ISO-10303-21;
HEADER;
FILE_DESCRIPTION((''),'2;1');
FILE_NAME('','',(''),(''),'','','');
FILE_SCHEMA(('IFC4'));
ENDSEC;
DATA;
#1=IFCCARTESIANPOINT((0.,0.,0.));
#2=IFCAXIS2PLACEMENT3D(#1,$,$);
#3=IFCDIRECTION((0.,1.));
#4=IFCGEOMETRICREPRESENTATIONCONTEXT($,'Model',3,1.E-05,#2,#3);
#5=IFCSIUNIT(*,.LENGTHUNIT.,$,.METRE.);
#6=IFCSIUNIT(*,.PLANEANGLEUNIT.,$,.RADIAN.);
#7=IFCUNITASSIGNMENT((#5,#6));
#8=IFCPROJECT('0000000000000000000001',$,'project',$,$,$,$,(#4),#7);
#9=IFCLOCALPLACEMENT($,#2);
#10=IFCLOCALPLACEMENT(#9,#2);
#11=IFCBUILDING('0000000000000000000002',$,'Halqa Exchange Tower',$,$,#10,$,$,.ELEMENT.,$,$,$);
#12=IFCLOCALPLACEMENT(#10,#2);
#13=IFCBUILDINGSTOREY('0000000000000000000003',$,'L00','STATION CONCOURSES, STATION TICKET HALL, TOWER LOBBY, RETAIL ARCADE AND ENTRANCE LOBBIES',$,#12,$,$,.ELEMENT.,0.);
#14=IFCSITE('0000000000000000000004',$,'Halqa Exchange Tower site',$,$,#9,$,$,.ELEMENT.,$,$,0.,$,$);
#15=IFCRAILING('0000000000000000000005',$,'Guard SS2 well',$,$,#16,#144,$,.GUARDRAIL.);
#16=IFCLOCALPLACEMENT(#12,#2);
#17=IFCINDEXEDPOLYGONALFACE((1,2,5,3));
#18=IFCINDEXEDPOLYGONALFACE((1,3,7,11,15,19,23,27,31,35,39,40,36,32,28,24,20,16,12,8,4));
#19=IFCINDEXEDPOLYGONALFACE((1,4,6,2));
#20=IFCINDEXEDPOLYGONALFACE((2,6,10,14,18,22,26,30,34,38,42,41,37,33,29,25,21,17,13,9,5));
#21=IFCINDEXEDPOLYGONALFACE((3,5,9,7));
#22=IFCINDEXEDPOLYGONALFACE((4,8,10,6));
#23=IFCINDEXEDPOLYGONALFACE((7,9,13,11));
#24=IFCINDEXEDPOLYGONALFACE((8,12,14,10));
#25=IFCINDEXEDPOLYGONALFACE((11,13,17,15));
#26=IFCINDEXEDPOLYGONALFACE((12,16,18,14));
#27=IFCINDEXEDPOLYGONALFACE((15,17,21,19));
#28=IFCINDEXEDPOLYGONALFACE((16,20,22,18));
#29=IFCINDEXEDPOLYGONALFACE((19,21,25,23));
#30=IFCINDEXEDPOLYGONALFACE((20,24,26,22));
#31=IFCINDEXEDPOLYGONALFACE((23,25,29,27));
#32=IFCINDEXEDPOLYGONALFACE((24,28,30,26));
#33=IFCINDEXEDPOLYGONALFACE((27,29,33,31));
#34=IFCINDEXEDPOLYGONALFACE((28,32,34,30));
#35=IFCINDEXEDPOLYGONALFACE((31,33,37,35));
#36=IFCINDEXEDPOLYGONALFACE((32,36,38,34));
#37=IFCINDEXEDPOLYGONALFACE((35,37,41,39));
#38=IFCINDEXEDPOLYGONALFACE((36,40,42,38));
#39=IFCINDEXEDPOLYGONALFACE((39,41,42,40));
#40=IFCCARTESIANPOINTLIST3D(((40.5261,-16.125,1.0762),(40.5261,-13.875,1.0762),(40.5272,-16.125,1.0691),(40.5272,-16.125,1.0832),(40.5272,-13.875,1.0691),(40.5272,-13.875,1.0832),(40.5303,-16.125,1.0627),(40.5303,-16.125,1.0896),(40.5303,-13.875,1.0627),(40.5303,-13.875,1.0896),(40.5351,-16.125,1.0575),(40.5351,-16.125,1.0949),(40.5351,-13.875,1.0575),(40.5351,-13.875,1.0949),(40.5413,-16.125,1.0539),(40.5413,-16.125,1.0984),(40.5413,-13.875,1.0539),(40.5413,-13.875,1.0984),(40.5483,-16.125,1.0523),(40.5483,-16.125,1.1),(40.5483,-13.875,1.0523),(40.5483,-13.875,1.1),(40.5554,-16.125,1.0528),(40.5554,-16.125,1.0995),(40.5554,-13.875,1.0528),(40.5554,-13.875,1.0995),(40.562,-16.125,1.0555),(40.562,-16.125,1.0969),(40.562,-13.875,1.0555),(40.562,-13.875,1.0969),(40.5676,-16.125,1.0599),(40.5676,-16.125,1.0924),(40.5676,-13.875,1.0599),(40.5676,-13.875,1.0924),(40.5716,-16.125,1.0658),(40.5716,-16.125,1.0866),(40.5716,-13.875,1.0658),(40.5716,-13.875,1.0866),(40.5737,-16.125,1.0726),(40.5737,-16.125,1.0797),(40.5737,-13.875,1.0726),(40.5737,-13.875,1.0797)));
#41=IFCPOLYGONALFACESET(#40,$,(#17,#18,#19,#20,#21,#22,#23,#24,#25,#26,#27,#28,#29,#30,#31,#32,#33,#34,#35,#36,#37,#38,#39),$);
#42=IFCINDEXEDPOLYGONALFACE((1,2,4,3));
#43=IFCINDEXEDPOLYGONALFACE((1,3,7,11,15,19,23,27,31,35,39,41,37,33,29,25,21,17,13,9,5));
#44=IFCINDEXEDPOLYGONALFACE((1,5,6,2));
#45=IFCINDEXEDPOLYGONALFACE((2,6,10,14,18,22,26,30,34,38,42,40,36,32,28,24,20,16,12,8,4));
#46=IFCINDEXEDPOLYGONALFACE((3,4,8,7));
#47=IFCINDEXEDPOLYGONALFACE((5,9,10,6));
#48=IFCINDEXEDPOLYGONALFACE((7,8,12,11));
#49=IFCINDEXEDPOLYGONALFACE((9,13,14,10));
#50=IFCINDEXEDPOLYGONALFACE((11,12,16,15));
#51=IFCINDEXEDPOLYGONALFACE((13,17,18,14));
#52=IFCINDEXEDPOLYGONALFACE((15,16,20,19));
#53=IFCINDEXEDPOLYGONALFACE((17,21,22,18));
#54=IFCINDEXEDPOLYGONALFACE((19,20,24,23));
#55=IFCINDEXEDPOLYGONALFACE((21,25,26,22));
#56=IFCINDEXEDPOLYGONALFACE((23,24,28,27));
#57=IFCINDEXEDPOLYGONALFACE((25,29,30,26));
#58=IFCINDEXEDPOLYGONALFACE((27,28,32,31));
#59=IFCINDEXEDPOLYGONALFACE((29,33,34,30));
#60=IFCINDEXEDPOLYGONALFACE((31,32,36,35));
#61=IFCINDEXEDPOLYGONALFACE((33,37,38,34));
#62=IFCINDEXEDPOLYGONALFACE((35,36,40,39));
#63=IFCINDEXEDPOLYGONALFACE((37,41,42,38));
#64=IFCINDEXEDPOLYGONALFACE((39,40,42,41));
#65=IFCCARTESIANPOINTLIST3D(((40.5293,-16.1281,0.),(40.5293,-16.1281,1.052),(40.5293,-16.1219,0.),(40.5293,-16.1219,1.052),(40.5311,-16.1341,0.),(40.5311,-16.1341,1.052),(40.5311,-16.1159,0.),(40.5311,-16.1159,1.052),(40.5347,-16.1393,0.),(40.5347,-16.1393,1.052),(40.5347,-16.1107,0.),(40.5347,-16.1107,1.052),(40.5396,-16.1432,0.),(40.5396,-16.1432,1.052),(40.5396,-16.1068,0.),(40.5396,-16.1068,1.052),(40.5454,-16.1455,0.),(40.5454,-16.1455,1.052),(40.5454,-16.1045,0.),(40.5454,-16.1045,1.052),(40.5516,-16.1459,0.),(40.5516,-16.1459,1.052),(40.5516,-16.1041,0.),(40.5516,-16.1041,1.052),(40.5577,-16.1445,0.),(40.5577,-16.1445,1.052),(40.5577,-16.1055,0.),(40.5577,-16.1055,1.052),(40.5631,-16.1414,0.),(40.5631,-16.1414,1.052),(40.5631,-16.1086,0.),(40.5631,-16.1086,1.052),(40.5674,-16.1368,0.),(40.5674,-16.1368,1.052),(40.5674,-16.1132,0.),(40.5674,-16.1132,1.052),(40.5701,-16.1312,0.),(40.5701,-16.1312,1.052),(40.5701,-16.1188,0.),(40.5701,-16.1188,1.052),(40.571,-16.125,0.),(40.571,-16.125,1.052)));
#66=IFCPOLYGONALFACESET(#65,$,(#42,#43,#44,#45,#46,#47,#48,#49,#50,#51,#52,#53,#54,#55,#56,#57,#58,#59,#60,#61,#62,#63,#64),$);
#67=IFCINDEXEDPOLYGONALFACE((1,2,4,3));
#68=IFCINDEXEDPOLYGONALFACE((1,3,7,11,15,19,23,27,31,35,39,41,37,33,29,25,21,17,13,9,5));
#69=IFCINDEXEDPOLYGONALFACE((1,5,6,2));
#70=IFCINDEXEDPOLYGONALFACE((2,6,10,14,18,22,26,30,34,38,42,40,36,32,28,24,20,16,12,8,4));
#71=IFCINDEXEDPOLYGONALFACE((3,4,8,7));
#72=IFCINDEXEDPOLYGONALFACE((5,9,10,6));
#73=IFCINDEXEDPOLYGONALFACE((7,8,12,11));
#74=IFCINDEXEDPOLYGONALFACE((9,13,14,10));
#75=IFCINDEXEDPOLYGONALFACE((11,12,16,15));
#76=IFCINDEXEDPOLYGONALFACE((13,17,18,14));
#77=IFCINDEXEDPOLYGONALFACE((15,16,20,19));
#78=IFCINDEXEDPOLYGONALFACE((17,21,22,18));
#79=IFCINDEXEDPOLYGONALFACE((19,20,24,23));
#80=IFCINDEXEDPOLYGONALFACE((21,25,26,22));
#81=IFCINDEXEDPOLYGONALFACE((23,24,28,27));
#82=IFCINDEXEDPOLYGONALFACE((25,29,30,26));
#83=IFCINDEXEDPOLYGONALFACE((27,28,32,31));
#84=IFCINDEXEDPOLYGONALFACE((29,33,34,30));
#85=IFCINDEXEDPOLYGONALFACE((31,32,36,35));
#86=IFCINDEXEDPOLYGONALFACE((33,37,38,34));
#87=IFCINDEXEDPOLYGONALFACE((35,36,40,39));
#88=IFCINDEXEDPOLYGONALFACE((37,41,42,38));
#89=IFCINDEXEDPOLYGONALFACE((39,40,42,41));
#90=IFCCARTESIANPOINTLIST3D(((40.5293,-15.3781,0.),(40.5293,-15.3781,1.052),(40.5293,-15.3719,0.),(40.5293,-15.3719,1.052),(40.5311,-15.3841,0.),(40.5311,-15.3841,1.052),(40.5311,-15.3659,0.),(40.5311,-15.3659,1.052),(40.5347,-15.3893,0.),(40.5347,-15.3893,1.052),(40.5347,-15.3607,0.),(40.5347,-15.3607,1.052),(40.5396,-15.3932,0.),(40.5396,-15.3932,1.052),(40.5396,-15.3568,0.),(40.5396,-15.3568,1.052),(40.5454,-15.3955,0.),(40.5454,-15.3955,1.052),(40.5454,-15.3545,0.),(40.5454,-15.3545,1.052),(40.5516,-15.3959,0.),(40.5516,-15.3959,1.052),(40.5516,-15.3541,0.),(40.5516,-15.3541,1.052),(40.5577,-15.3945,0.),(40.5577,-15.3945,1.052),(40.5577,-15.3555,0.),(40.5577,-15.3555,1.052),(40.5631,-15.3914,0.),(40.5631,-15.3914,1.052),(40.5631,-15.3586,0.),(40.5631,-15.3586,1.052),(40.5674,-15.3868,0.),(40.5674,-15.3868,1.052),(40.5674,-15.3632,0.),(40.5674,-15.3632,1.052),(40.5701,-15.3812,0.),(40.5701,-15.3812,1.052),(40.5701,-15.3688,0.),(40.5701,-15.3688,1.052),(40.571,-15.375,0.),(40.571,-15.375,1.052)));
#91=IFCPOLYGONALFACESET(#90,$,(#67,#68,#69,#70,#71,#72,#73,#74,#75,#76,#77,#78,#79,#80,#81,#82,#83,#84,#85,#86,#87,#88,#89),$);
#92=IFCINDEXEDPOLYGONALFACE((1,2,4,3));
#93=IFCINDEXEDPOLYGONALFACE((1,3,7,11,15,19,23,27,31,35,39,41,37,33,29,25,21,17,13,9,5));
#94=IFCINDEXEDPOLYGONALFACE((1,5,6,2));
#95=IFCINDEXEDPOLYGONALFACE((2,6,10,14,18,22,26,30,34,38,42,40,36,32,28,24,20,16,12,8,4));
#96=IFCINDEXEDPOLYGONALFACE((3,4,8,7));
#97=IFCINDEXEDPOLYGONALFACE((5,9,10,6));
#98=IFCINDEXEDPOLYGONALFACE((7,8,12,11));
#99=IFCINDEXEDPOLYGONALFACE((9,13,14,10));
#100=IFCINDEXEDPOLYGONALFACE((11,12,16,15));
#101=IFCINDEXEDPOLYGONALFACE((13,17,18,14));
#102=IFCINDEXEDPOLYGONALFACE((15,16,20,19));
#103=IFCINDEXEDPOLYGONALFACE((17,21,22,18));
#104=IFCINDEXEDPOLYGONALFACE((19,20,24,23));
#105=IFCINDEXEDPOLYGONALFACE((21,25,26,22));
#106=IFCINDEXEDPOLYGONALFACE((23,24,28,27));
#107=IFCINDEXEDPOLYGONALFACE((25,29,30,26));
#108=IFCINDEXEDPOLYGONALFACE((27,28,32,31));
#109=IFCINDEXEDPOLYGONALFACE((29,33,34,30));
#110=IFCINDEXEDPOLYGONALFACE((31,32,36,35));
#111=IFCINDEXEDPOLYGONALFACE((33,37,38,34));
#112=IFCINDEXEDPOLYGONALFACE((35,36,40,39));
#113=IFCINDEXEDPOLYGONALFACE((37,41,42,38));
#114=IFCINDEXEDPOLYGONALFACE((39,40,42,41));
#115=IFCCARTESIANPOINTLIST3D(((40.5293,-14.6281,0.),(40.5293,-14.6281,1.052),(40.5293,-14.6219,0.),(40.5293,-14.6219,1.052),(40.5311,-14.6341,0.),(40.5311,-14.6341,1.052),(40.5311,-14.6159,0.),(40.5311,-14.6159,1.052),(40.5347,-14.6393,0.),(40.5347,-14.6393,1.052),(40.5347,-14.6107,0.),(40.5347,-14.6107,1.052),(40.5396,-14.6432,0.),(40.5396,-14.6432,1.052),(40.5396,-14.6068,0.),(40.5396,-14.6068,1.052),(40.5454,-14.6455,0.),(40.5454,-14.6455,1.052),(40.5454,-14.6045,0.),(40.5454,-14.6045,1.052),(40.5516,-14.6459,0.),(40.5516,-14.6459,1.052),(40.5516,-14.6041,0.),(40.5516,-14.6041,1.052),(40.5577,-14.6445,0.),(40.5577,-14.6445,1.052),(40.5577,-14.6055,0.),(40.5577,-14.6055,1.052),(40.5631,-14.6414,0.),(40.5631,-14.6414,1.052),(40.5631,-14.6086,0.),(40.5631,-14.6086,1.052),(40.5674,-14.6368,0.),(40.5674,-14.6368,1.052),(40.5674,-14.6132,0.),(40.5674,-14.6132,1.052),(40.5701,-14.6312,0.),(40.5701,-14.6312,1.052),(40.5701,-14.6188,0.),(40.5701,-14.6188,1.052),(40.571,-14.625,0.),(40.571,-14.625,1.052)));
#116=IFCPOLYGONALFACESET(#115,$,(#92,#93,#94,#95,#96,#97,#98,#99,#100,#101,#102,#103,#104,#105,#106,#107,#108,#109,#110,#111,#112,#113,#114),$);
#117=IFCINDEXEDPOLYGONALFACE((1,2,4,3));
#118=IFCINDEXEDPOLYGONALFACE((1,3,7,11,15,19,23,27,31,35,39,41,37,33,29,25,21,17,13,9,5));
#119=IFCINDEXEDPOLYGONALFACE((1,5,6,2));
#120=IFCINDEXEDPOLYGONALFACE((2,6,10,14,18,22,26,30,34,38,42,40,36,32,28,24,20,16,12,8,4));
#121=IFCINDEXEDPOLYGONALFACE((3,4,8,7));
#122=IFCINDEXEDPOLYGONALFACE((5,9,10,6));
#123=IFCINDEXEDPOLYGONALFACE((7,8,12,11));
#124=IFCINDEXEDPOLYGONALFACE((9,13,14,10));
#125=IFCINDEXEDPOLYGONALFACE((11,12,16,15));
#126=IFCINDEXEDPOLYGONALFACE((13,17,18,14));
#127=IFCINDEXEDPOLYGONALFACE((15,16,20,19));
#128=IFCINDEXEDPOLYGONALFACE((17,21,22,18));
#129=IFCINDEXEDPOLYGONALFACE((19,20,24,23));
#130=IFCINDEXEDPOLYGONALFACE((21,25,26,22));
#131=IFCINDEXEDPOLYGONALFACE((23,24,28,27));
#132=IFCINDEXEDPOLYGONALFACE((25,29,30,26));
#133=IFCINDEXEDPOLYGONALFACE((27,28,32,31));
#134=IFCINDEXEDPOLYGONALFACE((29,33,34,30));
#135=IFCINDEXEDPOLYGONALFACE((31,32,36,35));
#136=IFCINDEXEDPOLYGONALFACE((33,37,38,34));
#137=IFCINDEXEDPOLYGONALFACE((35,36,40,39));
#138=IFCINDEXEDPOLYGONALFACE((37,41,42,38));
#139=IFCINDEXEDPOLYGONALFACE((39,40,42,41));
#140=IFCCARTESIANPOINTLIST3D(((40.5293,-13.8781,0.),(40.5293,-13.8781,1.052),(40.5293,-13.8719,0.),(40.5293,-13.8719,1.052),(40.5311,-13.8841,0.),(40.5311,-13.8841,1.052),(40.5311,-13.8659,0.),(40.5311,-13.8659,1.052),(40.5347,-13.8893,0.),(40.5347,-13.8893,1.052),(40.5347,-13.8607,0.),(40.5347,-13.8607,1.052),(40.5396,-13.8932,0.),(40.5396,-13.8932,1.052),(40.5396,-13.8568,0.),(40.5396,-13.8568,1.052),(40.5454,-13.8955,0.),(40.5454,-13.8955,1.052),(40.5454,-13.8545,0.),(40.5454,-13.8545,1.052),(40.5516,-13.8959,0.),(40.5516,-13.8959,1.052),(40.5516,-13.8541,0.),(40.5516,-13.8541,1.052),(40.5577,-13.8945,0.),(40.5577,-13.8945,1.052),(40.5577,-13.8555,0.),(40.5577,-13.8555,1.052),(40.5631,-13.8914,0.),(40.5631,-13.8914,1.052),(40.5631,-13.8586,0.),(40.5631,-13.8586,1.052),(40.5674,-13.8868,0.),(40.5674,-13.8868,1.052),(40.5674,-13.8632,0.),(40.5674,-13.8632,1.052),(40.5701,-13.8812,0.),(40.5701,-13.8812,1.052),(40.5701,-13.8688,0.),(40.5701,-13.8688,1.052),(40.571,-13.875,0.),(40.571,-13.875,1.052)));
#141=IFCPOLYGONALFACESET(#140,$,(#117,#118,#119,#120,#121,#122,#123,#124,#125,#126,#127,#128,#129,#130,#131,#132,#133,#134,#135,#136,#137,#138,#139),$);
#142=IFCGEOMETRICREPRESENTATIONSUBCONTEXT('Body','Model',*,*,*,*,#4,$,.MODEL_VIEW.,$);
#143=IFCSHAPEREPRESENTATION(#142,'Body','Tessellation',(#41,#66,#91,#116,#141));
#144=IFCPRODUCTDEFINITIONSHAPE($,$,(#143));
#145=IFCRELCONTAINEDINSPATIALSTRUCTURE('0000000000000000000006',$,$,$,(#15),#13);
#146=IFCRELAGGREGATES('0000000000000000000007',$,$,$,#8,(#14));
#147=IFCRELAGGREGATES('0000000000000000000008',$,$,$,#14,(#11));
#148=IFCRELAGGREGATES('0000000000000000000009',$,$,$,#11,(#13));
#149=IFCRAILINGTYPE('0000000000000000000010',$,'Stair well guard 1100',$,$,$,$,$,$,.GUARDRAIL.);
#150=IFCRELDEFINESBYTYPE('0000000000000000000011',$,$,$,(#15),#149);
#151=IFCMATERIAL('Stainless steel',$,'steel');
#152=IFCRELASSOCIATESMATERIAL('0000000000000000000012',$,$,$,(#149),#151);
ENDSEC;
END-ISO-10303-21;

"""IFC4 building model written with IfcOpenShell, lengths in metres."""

from ifc_helpers import new_model, si_unit, direction, frame, origin, origin_2d, place, context, subcontext, project, spatial, circle, extrude, material, type_object, element, save


model = new_model("IFC4")

# Units and contexts
model_context = context("Model", 3, precision=1e-05, world=origin(), true_north=direction((0.0, 1.0)))
body_context = subcontext(model_context, "Body", "Model", "MODEL_VIEW")
ifc_project = project(units=[si_unit("LENGTHUNIT", "METRE"), si_unit("PLANEANGLEUNIT", "RADIAN")], contexts=[model_context])

# Site, building, storey
site_placement = place(None, origin())
site = spatial("IfcSite", under=ifc_project, at=site_placement, Name="Halqa Exchange Tower site", CompositionType="ELEMENT", RefElevation=0.0)
building_placement = place(site_placement, origin())
building = spatial("IfcBuilding", under=site, at=building_placement, Name="Halqa Exchange Tower", CompositionType="ELEMENT")
storey_placement = place(building_placement, origin())
storey = spatial("IfcBuildingStorey", under=building, at=storey_placement, Name="L00", Description="STATION CONCOURSES, STATION TICKET HALL, TOWER LOBBY, RETAIL ARCADE AND ENTRANCE LOBBIES", CompositionType="ELEMENT", Elevation=0.0)

# Railing
ifc_material_1 = material(Name="Stainless steel", Category="steel")
railing_type = type_object("IfcRailingType", Name="Stair well guard 1100", PredefinedType="GUARDRAIL", material=ifc_material_1)
railing_placement = place(storey_placement, frame((40.55, -16.125, 0.0)))
element("IfcRailing", 1, at=railing_placement, inside=storey, type_object=railing_type, Name="Guard SS2 well", PredefinedType="GUARDRAIL", context=body_context, shape_type="SweptSolid", body=[
    extrude(circle(Radius=0.0239, at=origin_2d()), frame((0.0, 0.0, 1.0762), z_axis=(0.0, 1.0, 0.0), x_axis=(-1.0, 0.0, 0.0)), (0.0, 0.0, 1.0), 2.25),
    extrude(circle(Radius=0.021, at=origin_2d()), origin(), (0.0, 0.0, 1.0), 1.052),
    extrude(circle(Radius=0.021, at=origin_2d()), frame((0.0, 0.75, 0.0)), (0.0, 0.0, 1.0), 1.052),
    extrude(circle(Radius=0.021, at=origin_2d()), frame((0.0, 1.5, 0.0)), (0.0, 0.0, 1.0), 1.052),
    extrude(circle(Radius=0.021, at=origin_2d()), frame((0.0, 2.25, 0.0)), (0.0, 0.0, 1.0), 1.052),
])

save(model, "model.ifc")
